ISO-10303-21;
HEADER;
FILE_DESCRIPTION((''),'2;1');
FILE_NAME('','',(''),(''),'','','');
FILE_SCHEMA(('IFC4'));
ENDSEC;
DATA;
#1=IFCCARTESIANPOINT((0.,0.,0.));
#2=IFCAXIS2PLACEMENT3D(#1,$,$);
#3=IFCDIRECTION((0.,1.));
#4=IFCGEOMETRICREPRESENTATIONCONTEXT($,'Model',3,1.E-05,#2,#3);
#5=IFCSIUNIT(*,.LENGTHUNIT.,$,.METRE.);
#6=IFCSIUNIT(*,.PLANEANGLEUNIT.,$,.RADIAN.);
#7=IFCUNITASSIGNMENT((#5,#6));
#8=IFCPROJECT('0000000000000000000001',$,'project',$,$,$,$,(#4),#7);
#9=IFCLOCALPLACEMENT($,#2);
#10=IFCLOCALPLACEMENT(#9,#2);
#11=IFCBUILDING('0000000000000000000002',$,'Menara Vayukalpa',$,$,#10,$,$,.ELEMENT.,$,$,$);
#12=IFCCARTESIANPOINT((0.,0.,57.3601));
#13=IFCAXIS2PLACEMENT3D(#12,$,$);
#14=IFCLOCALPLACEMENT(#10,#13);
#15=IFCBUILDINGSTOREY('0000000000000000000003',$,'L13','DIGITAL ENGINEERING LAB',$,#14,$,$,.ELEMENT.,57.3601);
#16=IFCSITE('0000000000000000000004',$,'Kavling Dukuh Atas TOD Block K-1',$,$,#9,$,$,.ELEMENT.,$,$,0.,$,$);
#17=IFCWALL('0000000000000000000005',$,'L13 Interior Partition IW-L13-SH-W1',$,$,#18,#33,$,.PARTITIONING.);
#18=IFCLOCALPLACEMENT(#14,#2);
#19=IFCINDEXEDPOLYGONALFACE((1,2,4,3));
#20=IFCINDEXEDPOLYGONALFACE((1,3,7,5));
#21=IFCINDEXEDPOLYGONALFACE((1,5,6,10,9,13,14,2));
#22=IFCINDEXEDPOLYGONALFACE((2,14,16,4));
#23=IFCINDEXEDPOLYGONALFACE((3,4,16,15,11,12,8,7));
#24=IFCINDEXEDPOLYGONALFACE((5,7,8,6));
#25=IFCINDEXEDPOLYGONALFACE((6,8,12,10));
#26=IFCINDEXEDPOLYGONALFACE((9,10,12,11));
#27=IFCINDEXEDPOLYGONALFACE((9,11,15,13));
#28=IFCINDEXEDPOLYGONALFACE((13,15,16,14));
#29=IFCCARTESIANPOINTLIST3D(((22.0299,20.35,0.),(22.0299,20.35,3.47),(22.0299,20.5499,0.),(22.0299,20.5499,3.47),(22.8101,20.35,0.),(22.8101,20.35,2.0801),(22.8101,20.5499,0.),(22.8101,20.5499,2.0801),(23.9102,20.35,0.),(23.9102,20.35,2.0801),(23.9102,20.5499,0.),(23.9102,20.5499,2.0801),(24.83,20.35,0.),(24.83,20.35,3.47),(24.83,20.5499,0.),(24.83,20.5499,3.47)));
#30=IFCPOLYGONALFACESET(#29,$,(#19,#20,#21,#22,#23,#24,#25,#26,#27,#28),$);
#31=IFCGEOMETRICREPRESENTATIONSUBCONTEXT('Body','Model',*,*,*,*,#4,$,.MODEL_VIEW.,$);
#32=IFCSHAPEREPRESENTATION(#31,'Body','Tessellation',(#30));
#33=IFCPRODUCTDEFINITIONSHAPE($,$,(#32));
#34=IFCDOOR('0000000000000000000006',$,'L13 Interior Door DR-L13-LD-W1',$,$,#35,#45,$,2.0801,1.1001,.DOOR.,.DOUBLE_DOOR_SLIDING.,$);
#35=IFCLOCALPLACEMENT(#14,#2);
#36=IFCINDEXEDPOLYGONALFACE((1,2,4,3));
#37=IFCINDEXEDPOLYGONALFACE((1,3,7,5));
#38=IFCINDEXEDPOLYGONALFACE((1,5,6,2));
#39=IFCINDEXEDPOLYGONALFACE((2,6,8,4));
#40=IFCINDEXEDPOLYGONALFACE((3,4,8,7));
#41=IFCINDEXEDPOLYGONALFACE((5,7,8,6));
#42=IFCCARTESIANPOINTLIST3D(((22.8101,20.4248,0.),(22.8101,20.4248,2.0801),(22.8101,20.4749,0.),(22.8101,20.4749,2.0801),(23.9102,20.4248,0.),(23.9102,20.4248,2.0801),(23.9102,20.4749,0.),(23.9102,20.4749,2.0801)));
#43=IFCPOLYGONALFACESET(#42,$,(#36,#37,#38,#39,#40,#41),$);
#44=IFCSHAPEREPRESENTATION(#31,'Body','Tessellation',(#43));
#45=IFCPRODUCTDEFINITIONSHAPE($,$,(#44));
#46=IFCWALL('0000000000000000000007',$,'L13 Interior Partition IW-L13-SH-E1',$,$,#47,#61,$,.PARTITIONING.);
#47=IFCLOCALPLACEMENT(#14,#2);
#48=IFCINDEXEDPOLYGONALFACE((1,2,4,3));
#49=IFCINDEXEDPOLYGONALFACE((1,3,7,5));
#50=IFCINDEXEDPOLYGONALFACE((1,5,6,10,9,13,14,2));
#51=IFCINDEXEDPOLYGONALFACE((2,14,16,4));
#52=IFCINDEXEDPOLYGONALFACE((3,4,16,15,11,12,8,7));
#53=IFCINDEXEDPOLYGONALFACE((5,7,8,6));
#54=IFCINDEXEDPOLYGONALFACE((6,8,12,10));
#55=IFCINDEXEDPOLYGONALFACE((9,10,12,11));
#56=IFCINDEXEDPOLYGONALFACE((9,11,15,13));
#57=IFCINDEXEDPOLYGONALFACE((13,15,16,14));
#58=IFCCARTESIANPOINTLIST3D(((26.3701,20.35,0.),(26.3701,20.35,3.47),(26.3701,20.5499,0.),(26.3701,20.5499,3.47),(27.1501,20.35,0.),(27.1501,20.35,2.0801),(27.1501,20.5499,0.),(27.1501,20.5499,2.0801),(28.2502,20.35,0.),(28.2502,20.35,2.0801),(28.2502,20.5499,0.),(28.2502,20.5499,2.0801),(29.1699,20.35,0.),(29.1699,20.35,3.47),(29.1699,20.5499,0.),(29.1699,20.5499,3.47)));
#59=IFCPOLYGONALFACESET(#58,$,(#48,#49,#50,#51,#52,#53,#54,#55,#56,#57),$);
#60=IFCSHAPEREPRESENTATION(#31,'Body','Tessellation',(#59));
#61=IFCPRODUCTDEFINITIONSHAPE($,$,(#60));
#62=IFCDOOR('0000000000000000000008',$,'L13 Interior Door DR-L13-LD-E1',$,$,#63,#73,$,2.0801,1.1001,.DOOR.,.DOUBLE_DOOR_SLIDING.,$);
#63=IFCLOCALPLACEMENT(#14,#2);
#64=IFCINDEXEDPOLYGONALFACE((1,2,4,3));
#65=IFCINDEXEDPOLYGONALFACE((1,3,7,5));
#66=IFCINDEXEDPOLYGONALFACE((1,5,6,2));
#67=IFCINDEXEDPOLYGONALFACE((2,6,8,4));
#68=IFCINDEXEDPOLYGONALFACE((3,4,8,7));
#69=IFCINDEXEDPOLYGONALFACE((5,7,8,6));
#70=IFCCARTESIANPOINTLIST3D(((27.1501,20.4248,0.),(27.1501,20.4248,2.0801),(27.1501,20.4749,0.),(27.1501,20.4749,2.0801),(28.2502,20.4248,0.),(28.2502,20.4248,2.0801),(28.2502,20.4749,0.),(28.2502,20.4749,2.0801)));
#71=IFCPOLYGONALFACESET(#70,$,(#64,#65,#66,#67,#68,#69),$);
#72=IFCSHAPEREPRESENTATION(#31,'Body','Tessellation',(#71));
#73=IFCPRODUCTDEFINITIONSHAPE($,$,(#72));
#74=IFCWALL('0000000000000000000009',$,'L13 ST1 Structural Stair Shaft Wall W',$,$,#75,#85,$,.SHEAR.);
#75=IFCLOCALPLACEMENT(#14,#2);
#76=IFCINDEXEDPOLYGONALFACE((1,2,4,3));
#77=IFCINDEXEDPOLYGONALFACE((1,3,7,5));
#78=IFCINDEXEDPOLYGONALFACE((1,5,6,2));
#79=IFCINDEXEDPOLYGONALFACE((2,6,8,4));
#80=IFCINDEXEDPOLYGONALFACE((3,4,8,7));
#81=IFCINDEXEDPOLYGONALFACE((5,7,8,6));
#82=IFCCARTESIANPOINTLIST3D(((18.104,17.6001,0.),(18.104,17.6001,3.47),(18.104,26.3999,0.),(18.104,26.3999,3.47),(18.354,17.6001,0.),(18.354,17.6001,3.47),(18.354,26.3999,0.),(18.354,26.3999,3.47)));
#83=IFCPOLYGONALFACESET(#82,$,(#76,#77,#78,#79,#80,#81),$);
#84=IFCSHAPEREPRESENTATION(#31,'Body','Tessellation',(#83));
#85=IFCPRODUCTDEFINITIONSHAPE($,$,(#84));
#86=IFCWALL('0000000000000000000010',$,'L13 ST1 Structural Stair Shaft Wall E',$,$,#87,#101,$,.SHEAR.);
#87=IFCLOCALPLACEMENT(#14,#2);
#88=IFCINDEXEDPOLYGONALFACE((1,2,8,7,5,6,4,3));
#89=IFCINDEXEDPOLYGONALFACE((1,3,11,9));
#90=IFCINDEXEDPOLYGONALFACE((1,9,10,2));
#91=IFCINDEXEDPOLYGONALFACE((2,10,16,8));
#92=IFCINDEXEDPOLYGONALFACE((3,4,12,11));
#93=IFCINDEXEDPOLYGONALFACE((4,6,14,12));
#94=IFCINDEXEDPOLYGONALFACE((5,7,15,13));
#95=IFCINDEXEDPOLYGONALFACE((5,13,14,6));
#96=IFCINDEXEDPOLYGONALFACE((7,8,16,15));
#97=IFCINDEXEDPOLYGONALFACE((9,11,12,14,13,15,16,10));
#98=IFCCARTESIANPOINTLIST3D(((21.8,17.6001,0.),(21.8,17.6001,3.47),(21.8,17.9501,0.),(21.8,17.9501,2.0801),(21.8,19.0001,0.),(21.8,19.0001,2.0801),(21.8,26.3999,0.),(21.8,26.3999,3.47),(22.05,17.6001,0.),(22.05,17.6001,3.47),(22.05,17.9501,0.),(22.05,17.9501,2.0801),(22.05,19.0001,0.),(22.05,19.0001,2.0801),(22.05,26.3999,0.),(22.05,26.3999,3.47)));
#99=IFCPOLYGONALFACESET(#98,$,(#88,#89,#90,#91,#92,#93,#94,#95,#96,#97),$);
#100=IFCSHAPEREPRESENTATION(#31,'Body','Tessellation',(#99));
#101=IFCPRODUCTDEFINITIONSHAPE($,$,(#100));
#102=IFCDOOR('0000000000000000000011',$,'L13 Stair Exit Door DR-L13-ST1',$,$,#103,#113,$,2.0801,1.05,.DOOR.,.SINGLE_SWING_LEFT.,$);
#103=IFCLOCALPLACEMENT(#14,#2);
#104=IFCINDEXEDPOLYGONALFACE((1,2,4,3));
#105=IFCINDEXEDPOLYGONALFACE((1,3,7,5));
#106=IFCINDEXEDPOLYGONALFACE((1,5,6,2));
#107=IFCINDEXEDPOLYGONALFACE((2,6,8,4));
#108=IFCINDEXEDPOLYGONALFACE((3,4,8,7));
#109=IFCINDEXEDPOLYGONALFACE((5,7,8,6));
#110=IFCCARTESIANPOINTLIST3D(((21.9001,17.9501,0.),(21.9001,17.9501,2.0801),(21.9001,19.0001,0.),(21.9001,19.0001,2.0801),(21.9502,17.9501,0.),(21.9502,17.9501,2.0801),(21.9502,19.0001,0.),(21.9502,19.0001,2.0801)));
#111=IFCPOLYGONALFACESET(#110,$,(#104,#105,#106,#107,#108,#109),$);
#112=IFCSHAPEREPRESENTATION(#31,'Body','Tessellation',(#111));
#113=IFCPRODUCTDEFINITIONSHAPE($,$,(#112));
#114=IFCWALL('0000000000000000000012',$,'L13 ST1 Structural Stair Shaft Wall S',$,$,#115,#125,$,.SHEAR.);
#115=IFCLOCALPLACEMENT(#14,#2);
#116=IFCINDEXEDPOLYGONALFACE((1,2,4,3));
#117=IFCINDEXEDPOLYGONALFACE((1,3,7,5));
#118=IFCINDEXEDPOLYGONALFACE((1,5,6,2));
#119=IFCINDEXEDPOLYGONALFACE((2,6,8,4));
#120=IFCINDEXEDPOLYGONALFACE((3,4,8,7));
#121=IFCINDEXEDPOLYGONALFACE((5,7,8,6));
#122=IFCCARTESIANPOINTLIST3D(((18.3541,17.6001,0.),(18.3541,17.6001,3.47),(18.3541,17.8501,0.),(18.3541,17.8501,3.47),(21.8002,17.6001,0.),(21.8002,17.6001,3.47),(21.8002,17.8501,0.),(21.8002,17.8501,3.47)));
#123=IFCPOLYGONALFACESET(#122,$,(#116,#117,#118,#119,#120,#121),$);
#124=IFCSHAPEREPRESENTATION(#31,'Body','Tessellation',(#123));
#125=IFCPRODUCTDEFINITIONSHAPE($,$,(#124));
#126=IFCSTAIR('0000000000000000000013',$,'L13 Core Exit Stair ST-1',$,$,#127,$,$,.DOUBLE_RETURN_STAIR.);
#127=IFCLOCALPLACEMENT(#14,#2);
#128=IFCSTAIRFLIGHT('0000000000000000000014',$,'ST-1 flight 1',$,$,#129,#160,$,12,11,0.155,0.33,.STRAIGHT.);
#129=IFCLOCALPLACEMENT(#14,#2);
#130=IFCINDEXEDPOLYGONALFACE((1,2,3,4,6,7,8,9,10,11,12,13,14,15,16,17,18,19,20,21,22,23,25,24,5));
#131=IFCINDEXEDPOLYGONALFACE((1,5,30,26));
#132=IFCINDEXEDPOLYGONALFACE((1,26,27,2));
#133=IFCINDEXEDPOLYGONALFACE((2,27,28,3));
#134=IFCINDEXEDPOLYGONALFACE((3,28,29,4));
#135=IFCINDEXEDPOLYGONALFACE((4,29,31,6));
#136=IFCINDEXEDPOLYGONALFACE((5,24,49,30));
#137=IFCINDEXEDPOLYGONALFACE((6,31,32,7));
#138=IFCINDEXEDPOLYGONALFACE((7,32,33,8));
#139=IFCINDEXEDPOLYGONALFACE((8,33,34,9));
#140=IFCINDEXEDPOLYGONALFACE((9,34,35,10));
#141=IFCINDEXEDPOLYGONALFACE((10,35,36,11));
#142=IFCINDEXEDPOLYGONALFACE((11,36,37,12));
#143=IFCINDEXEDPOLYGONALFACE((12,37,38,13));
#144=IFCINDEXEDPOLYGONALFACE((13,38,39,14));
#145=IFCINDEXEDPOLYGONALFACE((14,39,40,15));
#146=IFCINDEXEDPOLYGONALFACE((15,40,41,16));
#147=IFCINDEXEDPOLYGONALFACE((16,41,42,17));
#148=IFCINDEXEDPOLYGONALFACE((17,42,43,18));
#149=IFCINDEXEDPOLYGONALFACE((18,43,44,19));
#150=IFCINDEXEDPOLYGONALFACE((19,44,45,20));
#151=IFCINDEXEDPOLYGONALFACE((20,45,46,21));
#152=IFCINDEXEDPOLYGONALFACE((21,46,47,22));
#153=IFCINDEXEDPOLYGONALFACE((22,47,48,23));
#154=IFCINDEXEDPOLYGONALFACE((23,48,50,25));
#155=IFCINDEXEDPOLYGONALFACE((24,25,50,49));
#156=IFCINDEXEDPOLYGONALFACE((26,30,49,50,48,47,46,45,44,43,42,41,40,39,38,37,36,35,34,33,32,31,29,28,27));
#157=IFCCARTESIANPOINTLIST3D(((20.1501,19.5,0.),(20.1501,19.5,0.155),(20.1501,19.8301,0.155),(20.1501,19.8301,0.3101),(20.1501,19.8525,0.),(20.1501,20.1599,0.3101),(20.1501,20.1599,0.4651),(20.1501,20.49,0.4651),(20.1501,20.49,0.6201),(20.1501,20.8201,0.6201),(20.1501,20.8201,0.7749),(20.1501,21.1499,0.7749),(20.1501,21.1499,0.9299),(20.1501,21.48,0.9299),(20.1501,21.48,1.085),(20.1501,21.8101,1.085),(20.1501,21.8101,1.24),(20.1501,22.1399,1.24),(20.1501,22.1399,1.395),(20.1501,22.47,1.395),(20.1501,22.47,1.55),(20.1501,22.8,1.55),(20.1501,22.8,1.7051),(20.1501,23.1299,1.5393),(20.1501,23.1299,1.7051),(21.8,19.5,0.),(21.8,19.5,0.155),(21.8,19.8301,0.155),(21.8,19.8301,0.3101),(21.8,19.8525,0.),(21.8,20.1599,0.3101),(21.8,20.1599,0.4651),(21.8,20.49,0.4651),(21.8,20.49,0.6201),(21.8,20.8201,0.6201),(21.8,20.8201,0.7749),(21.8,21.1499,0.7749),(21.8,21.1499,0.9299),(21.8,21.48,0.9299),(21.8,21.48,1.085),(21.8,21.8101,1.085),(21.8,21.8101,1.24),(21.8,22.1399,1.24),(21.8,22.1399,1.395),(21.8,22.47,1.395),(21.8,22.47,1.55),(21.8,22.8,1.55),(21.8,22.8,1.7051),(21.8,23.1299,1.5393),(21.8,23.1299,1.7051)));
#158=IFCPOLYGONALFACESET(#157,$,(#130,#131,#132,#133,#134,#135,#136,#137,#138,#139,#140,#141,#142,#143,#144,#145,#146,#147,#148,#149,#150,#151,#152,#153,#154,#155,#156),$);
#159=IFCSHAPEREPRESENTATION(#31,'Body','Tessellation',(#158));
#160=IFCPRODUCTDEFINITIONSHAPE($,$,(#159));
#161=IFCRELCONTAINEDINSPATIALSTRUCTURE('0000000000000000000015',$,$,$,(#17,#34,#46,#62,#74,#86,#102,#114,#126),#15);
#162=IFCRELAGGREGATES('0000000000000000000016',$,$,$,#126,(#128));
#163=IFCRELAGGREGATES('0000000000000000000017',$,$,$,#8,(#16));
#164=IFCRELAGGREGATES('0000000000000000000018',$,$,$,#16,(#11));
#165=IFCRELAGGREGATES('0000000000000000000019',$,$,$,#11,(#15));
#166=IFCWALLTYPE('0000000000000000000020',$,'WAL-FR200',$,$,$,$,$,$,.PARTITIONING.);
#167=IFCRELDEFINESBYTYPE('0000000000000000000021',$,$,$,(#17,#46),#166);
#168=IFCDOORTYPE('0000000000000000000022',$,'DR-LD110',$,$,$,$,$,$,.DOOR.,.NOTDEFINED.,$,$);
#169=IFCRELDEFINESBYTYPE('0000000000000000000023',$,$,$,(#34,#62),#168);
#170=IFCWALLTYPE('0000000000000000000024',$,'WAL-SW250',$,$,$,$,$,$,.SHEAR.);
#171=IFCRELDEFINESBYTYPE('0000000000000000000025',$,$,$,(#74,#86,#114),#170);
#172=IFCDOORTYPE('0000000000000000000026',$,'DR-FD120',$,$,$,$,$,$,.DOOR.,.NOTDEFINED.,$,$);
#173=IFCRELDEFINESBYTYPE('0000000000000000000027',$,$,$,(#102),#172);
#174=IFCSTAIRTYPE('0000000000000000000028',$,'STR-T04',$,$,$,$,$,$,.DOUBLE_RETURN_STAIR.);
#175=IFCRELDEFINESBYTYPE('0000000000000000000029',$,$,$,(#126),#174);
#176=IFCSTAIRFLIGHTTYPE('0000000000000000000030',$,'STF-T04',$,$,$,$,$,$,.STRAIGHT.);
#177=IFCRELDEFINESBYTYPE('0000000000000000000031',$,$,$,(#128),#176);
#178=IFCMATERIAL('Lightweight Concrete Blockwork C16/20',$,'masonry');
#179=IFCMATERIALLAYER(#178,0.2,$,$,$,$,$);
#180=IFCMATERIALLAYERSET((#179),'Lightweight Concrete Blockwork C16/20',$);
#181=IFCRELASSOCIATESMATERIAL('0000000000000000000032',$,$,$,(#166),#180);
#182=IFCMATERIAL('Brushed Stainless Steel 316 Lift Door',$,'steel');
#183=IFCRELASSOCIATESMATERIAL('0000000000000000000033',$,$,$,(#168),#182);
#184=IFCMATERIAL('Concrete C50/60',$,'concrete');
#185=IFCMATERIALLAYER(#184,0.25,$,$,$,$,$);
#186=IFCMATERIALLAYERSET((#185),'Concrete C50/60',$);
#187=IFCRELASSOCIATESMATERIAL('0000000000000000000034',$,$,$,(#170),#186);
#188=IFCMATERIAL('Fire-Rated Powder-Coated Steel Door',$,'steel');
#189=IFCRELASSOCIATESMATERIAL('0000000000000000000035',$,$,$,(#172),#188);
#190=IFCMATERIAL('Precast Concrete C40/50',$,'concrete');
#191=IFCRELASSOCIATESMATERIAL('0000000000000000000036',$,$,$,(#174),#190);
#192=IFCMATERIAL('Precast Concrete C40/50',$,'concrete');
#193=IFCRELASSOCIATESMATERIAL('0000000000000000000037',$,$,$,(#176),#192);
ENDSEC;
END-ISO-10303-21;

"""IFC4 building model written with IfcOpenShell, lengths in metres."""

from ifc_helpers import new_model, si_unit, direction, frame, frame_2d, origin, place, context, subcontext, project, spatial, polyline, rectangle, outline, extrude, material, layer, layer_set, type_object, element, fill, aggregate, save


model = new_model("IFC4")

# Units and contexts
model_context = context("Model", 3, precision=1e-05, world=origin(), true_north=direction((0.0, 1.0)))
body_context = subcontext(model_context, "Body", "Model", "MODEL_VIEW")
ifc_project = project(units=[si_unit("LENGTHUNIT", "METRE"), si_unit("PLANEANGLEUNIT", "RADIAN")], contexts=[model_context])

# Site, building, storey
site_placement = place(None, origin())
site = spatial("IfcSite", under=ifc_project, at=site_placement, Name="Kavling Dukuh Atas TOD Block K-1", CompositionType="ELEMENT", RefElevation=0.0)
building_placement = place(site_placement, origin())
building = spatial("IfcBuilding", under=site, at=building_placement, Name="Menara Vayukalpa", CompositionType="ELEMENT")
storey_placement = place(building_placement, frame((0.0, 0.0, 57.3601)))
storey = spatial("IfcBuildingStorey", under=building, at=storey_placement, Name="L13", Description="DIGITAL ENGINEERING LAB", CompositionType="ELEMENT", Elevation=57.3601)

# Walls, openings, doors
ifc_material_1 = material(Name="Lightweight Concrete Blockwork C16/20", Category="masonry")
ifc_layer_1 = layer(ifc_material_1, 0.2)
ifc_layer_set_1 = layer_set([ifc_layer_1], Name="Lightweight Concrete Blockwork C16/20")
wall_type_1 = type_object("IfcWallType", Name="WAL-FR200", PredefinedType="PARTITIONING", material=ifc_layer_set_1)
wall_1_placement = place(storey_placement, frame((22.03, 20.45, 0.0), z_axis=(0.0, 0.0, 1.0), x_axis=(1.0, 0.0, 0.0)))
wall_1 = element("IfcWall", 1, at=wall_1_placement, inside=storey, type_object=wall_type_1, Name="L13 Interior Partition IW-L13-SH-W1", PredefinedType="PARTITIONING", context=body_context, shape_type="SweptSolid", body=[
    extrude(rectangle(XDim=2.8, YDim=0.2, at=frame_2d((1.3999, 0.0))), origin(), (0.0, 0.0, 1.0), 3.47),
])
opening_1_placement = place(wall_1_placement, frame((0.78, 0.0, 0.0)))
opening_1 = element("IfcOpeningElement", 2, at=opening_1_placement, cuts=wall_1, PredefinedType="OPENING", context=body_context, shape_type="SweptSolid", body=[
    extrude(rectangle(XDim=1.1001, YDim=2.0801, at=frame_2d((0.55, 1.04))), frame((0.0, 0.1099, 0.0), z_axis=(0.0, -1.0, 0.0), x_axis=(1.0, 0.0, 0.0)), (0.0, 0.0, 1.0), 0.22),
])
ifc_material_2 = material(Name="Brushed Stainless Steel 316 Lift Door", Category="steel")
door_type_1 = type_object("IfcDoorType", Name="DR-LD110", OperationType="NOTDEFINED", PredefinedType="DOOR", material=ifc_material_2)
door_1_placement = place(opening_1_placement, origin())
door_1 = element("IfcDoor", 3, at=door_1_placement, inside=storey, type_object=door_type_1, Name="L13 Interior Door DR-L13-LD-W1", OperationType="DOUBLE_DOOR_SLIDING", OverallHeight=2.0801, OverallWidth=1.1001, PredefinedType="DOOR", context=body_context, shape_type="SweptSolid", body=[
    extrude(rectangle(XDim=1.1001, YDim=2.0801, at=frame_2d((0.55, 1.04))), frame((0.0, 0.0249, 0.0), z_axis=(0.0, -1.0, 0.0), x_axis=(1.0, 0.0, 0.0)), (0.0, 0.0, 1.0), 0.05),
])
fill(opening_1, door_1)
wall_2_placement = place(storey_placement, frame((26.3701, 20.45, 0.0), z_axis=(0.0, 0.0, 1.0), x_axis=(1.0, 0.0, 0.0)))
wall_2 = element("IfcWall", 4, at=wall_2_placement, inside=storey, type_object=wall_type_1, Name="L13 Interior Partition IW-L13-SH-E1", PredefinedType="PARTITIONING", context=body_context, shape_type="SweptSolid", body=[
    extrude(rectangle(XDim=2.7998, YDim=0.2, at=frame_2d((1.3999, 0.0))), origin(), (0.0, 0.0, 1.0), 3.47),
])
opening_2_placement = place(wall_2_placement, frame((0.78, 0.0, 0.0)))
opening_2 = element("IfcOpeningElement", 5, at=opening_2_placement, cuts=wall_2, PredefinedType="OPENING", context=body_context, shape_type="SweptSolid", body=[
    extrude(rectangle(XDim=1.1001, YDim=2.0801, at=frame_2d((0.55, 1.04))), frame((0.0, 0.1099, 0.0), z_axis=(0.0, -1.0, 0.0), x_axis=(1.0, 0.0, 0.0)), (0.0, 0.0, 1.0), 0.22),
])
door_2_placement = place(opening_2_placement, origin())
door_2 = element("IfcDoor", 6, at=door_2_placement, inside=storey, type_object=door_type_1, Name="L13 Interior Door DR-L13-LD-E1", OperationType="DOUBLE_DOOR_SLIDING", OverallHeight=2.0801, OverallWidth=1.1001, PredefinedType="DOOR", context=body_context, shape_type="SweptSolid", body=[
    extrude(rectangle(XDim=1.1001, YDim=2.0801, at=frame_2d((0.55, 1.04))), frame((0.0, 0.0249, 0.0), z_axis=(0.0, -1.0, 0.0), x_axis=(1.0, 0.0, 0.0)), (0.0, 0.0, 1.0), 0.05),
])
fill(opening_2, door_2)

# Wall
ifc_material_3 = material(Name="Concrete C50/60", Category="concrete")
ifc_layer_2 = layer(ifc_material_3, 0.25)
ifc_layer_set_2 = layer_set([ifc_layer_2], Name="Concrete C50/60")
wall_type_2 = type_object("IfcWallType", Name="WAL-SW250", PredefinedType="SHEAR", material=ifc_layer_set_2)
wall_3_placement = place(storey_placement, frame((18.229, 17.6001, 0.0), z_axis=(0.0, 0.0, 1.0), x_axis=(0.0, 1.0, 0.0)))
element("IfcWall", 7, at=wall_3_placement, inside=storey, type_object=wall_type_2, Name="L13 ST1 Structural Stair Shaft Wall W", PredefinedType="SHEAR", context=body_context, shape_type="SweptSolid", body=[
    extrude(rectangle(XDim=8.7998, YDim=0.25, at=frame_2d((4.3999, 0.0))), origin(), (0.0, 0.0, 1.0), 3.47),
])

# Wall, opening, door
wall_4_placement = place(storey_placement, frame((21.925, 17.6001, 0.0), z_axis=(0.0, 0.0, 1.0), x_axis=(0.0, 1.0, 0.0)))
wall_4 = element("IfcWall", 8, at=wall_4_placement, inside=storey, type_object=wall_type_2, Name="L13 ST1 Structural Stair Shaft Wall E", PredefinedType="SHEAR", context=body_context, shape_type="SweptSolid", body=[
    extrude(rectangle(XDim=8.7998, YDim=0.25, at=frame_2d((4.3999, 0.0))), origin(), (0.0, 0.0, 1.0), 3.47),
])
opening_3_placement = place(wall_4_placement, frame((0.3501, 0.0, 0.0)))
opening_3 = element("IfcOpeningElement", 9, at=opening_3_placement, cuts=wall_4, PredefinedType="OPENING", context=body_context, shape_type="SweptSolid", body=[
    extrude(rectangle(XDim=1.05, YDim=2.0801, at=frame_2d((0.5249, 1.04))), frame((0.0, 0.135, 0.0), z_axis=(0.0, -1.0, 0.0), x_axis=(1.0, 0.0, 0.0)), (0.0, 0.0, 1.0), 0.27),
])
ifc_material_4 = material(Name="Fire-Rated Powder-Coated Steel Door", Category="steel")
door_type_2 = type_object("IfcDoorType", Name="DR-FD120", OperationType="NOTDEFINED", PredefinedType="DOOR", material=ifc_material_4)
door_3_placement = place(opening_3_placement, origin())
door_3 = element("IfcDoor", 10, at=door_3_placement, inside=storey, type_object=door_type_2, Name="L13 Stair Exit Door DR-L13-ST1", OperationType="SINGLE_SWING_LEFT", OverallHeight=2.0801, OverallWidth=1.05, PredefinedType="DOOR", context=body_context, shape_type="SweptSolid", body=[
    extrude(rectangle(XDim=1.05, YDim=2.0801, at=frame_2d((0.5249, 1.04))), frame((0.0, 0.0249, 0.0), z_axis=(0.0, -1.0, 0.0), x_axis=(1.0, 0.0, 0.0)), (0.0, 0.0, 1.0), 0.05),
])
fill(opening_3, door_3)

# Wall
wall_5_placement = place(storey_placement, frame((18.354, 17.7251, 0.0), z_axis=(0.0, 0.0, 1.0), x_axis=(1.0, 0.0, 0.0)))
element("IfcWall", 11, at=wall_5_placement, inside=storey, type_object=wall_type_2, Name="L13 ST1 Structural Stair Shaft Wall S", PredefinedType="SHEAR", context=body_context, shape_type="SweptSolid", body=[
    extrude(rectangle(XDim=3.446, YDim=0.25, at=frame_2d((1.7231, 0.0))), origin(), (0.0, 0.0, 1.0), 3.47),
])

# Stair, stair flight
ifc_material_5 = material(Name="Precast Concrete C40/50", Category="concrete")
stair_type = type_object("IfcStairType", Name="STR-T04", PredefinedType="DOUBLE_RETURN_STAIR", material=ifc_material_5)
stair_placement = place(storey_placement, origin())
stair = element("IfcStair", 12, at=stair_placement, inside=storey, type_object=stair_type, Name="L13 Core Exit Stair ST-1", PredefinedType="DOUBLE_RETURN_STAIR")
ifc_material_6 = material(Name="Precast Concrete C40/50", Category="concrete")
stair_flight_type = type_object("IfcStairFlightType", Name="STF-T04", PredefinedType="STRAIGHT", material=ifc_material_6)
stair_flight_placement = place(storey_placement, frame((20.9751, 19.5, 0.0), z_axis=(0.0, 0.0, 1.0), x_axis=(0.0, 1.0, 0.0)))
stair_flight = element("IfcStairFlight", 13, at=stair_flight_placement, type_object=stair_flight_type, Name="ST-1 flight 1", NumberOfRisers=12, NumberOfTreads=11, PredefinedType="STRAIGHT", RiserHeight=0.155, TreadLength=0.33, context=body_context, shape_type="SweptSolid", body=[
    extrude(outline(polyline([(0.0, 0.0), (0.0, 0.155), (0.3301, 0.155), (0.3301, 0.3101), (0.6599, 0.3101), (0.6599, 0.4651), (0.99, 0.4651), (0.99, 0.6201), (1.3201, 0.6201), (1.3201, 0.7749), (1.6499, 0.7749), (1.6499, 0.9299), (1.98, 0.9299), (1.98, 1.085), (2.3101, 1.085), (2.3101, 1.24), (2.6399, 1.24), (2.6399, 1.395), (2.97, 1.395), (2.97, 1.55), (3.3, 1.55), (3.3, 1.7051), (3.6299, 1.7051), (3.6299, 1.8601), (3.6299, 1.5393), (0.3525, 0.0), (0.0, 0.0)])), frame((0.0, 0.825, 0.0), z_axis=(0.0, -1.0, 0.0), x_axis=(1.0, 0.0, 0.0)), (0.0, 0.0, 1.0), 1.6499),
])
aggregate(stair, [stair_flight])

save(model, "model.ifc")
